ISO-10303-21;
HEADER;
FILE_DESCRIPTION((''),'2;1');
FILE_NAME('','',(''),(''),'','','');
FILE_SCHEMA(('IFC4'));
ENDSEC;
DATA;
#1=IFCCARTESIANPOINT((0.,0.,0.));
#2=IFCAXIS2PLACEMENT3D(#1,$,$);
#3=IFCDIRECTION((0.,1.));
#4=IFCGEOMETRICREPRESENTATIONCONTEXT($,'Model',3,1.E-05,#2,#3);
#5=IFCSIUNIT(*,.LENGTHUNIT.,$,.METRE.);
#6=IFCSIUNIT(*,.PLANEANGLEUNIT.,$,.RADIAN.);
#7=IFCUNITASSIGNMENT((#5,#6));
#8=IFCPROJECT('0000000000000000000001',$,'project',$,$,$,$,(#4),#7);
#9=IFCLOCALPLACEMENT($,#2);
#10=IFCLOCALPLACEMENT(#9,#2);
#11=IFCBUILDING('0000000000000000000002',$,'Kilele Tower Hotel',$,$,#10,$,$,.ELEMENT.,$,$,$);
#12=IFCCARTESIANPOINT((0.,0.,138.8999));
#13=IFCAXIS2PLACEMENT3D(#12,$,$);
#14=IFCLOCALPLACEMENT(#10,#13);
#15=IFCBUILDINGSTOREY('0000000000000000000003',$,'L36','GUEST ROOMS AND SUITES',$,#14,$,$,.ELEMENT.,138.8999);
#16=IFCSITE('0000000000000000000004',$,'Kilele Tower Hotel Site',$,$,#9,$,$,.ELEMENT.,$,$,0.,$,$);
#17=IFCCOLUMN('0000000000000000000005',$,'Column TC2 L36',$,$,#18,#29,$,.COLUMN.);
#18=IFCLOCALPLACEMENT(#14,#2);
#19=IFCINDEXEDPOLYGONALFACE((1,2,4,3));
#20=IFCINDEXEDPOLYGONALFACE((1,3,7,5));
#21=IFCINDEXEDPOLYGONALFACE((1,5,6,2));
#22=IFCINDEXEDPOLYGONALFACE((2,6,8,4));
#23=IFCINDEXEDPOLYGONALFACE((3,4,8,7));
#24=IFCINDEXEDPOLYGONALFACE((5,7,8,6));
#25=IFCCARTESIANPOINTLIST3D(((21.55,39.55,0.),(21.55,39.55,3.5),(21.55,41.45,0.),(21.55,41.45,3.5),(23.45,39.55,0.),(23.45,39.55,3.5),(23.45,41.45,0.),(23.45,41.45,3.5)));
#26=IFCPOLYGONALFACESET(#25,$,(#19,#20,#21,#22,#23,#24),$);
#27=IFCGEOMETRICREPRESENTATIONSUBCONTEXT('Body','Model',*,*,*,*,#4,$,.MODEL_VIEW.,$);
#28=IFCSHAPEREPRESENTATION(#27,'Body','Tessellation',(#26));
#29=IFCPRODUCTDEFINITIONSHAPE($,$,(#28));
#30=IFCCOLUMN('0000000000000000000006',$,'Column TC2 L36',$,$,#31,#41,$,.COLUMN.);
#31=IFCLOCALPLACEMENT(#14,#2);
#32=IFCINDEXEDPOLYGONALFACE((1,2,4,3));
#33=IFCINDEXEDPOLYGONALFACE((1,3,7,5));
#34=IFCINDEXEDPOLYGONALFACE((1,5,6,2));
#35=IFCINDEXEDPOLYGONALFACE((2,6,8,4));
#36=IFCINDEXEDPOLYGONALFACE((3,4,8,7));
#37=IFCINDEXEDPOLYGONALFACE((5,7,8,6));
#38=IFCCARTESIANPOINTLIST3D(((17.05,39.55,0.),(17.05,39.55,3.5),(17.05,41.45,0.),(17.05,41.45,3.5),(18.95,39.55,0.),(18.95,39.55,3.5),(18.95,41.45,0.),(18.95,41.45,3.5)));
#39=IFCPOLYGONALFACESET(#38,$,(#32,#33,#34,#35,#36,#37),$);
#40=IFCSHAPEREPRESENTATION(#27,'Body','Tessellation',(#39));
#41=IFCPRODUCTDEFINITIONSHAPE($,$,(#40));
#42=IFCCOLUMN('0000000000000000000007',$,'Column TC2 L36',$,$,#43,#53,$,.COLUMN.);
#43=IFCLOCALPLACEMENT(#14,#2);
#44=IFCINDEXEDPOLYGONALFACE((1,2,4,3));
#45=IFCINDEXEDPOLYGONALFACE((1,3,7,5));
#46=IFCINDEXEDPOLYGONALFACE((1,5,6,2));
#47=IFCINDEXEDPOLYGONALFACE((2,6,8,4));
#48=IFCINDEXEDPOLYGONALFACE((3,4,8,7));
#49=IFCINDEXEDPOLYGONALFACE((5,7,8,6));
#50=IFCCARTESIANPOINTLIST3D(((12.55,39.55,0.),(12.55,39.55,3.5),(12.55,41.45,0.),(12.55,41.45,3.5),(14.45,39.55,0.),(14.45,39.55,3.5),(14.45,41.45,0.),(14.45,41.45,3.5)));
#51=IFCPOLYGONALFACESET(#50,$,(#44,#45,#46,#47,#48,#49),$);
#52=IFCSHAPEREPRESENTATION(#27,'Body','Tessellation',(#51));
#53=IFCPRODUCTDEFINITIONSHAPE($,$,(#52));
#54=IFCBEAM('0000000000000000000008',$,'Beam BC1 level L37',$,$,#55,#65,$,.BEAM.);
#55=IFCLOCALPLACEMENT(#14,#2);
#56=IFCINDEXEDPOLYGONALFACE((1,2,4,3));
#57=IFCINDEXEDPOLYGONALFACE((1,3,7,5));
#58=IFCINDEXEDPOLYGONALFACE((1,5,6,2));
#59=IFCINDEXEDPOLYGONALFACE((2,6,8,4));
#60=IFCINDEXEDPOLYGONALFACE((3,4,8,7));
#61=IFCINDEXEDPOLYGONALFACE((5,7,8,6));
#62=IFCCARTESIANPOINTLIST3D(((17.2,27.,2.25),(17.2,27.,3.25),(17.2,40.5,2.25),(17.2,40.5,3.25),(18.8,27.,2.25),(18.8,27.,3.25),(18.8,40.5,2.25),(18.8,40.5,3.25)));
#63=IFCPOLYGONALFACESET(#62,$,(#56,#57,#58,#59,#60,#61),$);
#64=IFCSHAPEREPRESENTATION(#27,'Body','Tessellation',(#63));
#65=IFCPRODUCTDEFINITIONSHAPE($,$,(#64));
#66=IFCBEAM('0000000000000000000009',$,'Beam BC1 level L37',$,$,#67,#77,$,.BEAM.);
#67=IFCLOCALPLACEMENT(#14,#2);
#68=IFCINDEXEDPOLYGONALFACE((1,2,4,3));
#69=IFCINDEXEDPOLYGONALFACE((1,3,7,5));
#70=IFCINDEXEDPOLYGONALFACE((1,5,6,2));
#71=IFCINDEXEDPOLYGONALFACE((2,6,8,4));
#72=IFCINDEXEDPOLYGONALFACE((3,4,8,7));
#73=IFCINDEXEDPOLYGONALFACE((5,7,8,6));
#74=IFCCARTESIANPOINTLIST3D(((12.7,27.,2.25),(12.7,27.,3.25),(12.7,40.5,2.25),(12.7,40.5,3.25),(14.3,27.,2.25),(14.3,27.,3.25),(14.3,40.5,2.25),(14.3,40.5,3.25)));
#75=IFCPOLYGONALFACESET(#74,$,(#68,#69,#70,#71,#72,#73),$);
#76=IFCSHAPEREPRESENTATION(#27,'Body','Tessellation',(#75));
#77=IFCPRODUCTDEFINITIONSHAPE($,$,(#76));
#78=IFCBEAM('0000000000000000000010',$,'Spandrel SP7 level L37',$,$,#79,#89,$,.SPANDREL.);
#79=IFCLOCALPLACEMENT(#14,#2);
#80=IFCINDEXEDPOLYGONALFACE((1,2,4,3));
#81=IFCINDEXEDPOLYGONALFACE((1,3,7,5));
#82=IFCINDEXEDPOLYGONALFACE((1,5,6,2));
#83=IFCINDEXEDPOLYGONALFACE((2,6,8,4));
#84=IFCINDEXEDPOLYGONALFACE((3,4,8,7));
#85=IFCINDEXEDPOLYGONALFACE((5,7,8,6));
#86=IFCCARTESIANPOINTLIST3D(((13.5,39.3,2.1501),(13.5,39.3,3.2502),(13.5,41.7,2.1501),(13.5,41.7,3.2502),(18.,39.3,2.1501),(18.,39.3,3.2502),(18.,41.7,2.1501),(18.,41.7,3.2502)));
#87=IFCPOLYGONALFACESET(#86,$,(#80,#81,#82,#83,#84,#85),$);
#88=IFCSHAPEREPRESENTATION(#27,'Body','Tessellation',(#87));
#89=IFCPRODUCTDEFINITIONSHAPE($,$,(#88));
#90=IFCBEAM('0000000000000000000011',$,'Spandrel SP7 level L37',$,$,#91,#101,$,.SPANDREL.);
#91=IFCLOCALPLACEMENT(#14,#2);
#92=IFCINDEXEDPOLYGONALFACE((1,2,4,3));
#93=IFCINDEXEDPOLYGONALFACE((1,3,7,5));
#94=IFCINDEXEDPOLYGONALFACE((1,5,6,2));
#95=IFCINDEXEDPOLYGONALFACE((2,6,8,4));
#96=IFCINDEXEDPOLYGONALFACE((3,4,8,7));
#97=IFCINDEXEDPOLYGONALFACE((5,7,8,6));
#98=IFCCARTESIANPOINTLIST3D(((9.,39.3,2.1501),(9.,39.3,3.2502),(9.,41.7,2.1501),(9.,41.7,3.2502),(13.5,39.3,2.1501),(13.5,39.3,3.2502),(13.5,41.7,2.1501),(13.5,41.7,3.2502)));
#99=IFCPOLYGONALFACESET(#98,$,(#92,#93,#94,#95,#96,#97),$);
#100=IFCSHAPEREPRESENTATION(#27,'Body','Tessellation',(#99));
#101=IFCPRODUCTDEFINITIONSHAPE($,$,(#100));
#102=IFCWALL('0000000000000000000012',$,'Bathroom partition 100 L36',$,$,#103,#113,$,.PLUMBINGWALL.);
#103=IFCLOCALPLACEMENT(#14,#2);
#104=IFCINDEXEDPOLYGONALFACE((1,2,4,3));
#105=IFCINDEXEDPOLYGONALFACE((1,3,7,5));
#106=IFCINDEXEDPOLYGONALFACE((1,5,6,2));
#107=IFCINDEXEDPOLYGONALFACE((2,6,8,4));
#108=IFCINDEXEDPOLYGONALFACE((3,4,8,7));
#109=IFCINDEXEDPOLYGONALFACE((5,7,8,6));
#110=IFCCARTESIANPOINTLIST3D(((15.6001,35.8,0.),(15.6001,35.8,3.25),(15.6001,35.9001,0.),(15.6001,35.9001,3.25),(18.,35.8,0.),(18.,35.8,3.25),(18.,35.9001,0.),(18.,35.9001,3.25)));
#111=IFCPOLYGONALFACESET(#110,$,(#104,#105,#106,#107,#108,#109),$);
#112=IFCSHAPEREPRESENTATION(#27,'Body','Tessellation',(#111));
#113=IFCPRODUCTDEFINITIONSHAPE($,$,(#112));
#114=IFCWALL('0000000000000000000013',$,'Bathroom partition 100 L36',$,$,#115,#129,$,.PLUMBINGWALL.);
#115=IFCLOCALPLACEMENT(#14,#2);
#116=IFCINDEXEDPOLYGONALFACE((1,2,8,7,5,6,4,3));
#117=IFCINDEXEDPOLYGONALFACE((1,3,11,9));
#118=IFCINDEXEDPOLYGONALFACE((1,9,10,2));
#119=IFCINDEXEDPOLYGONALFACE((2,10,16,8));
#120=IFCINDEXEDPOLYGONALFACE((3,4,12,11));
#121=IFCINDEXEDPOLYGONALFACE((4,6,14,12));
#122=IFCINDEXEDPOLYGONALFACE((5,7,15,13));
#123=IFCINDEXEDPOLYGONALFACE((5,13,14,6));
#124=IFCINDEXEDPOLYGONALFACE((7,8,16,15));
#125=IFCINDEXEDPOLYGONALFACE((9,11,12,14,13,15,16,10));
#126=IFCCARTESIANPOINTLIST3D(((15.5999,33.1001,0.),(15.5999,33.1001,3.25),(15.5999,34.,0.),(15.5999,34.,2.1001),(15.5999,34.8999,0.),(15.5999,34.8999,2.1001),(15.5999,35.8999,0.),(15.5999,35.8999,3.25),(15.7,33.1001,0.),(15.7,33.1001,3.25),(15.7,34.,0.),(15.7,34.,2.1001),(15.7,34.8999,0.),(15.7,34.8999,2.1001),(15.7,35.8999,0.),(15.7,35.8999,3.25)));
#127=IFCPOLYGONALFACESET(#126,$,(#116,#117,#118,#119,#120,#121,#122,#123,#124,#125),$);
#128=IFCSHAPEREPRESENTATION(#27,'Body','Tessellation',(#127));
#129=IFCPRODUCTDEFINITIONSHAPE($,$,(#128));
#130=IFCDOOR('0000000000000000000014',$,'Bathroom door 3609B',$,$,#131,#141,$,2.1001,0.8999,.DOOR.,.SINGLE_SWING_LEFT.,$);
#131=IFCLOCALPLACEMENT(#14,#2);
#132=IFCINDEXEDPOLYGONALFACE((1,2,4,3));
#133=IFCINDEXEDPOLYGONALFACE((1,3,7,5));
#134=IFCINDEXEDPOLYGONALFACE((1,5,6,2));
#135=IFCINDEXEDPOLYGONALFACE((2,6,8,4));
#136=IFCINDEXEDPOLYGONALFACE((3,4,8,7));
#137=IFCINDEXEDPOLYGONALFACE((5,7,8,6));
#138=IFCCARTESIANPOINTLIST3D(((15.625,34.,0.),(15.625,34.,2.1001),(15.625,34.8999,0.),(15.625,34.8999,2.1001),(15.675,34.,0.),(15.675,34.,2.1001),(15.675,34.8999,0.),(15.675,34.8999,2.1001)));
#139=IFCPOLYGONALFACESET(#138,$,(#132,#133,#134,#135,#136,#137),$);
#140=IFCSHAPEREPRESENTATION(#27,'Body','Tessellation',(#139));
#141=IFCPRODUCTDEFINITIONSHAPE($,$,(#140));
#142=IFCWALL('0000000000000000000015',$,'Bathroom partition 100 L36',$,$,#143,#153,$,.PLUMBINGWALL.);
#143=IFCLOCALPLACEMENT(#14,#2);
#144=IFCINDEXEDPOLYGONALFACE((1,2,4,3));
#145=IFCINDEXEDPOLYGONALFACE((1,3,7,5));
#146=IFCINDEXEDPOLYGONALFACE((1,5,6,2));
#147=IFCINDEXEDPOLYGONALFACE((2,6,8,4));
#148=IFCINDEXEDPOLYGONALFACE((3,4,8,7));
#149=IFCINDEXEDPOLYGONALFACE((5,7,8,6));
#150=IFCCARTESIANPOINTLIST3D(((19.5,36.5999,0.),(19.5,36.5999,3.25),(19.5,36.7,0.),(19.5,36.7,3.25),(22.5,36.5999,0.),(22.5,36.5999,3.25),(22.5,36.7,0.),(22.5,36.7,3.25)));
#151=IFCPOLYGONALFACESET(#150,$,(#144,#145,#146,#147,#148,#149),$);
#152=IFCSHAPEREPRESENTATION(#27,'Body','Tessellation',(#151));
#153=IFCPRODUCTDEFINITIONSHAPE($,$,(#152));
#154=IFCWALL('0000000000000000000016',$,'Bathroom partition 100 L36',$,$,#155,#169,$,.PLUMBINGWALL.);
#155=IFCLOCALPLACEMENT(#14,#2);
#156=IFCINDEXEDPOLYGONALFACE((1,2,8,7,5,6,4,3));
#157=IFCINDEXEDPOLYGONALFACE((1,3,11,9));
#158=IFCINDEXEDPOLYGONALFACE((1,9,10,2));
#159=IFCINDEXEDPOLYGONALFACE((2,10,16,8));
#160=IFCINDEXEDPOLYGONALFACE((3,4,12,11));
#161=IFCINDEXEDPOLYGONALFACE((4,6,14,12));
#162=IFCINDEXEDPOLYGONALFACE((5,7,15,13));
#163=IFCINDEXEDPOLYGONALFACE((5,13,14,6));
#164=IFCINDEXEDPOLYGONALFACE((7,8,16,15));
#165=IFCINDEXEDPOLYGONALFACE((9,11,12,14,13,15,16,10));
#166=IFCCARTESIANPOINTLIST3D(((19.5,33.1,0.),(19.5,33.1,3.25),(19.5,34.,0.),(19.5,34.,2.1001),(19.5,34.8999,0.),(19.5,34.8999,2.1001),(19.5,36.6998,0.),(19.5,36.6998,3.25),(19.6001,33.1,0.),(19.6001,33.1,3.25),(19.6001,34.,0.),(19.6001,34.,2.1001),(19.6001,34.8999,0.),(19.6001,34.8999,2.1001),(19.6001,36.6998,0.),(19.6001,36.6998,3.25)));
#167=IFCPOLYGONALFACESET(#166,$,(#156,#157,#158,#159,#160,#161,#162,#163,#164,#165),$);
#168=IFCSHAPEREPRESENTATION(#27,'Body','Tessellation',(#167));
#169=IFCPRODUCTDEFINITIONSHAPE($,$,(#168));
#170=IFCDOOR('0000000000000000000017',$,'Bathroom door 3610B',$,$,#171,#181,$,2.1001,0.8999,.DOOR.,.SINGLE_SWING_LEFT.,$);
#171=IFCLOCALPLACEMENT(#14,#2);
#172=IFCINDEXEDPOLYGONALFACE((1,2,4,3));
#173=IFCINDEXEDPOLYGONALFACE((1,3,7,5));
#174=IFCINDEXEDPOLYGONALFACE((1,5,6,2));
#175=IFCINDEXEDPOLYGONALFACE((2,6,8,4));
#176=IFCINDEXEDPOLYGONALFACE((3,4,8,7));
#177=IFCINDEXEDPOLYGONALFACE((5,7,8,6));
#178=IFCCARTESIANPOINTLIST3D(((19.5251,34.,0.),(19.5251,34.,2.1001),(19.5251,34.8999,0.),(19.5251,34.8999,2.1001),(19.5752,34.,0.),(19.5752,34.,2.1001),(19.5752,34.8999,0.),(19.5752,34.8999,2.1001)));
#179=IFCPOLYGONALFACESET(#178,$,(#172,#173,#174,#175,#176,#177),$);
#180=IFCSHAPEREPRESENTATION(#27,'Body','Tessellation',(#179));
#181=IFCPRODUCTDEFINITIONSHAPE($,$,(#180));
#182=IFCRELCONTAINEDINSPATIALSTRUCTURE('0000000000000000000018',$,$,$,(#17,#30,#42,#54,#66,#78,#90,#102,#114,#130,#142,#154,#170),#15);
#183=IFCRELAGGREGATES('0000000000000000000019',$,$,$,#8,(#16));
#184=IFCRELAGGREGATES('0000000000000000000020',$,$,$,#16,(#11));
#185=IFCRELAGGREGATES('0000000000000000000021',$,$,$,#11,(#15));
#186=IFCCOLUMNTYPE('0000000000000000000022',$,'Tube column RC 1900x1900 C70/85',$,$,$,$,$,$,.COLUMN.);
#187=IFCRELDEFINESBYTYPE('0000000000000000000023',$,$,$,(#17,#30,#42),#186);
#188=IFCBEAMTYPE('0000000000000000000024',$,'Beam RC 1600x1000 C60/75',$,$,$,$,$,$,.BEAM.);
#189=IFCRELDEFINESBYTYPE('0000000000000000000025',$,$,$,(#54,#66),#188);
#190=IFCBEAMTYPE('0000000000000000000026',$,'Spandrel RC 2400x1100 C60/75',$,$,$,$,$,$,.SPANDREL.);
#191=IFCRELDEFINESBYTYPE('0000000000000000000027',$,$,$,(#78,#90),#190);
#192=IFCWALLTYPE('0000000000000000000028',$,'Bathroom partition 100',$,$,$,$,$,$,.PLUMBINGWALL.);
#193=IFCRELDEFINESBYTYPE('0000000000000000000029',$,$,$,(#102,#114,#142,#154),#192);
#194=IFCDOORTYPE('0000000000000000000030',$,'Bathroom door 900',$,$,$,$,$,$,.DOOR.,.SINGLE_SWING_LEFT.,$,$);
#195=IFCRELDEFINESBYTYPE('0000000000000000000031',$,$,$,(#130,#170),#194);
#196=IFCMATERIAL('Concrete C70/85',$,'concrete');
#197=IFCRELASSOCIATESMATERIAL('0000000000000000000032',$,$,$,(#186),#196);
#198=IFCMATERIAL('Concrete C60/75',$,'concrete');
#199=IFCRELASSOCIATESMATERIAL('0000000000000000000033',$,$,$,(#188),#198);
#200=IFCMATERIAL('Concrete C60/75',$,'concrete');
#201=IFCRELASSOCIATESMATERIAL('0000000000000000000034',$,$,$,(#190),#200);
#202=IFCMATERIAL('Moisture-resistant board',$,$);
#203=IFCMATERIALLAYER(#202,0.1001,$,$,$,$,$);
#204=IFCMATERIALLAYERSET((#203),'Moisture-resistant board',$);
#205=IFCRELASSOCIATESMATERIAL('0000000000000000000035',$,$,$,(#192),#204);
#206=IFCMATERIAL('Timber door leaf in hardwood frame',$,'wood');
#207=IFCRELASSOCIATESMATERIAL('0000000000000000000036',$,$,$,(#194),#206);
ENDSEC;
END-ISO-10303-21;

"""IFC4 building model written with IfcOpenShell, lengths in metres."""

from ifc_helpers import new_model, si_unit, direction, frame, frame_2d, origin, origin_2d, place, context, subcontext, project, spatial, rectangle, extrude, material, layer, layer_set, material_profile, profile_set, type_object, element, fill, save


model = new_model("IFC4")

# Units and contexts
model_context = context("Model", 3, precision=1e-05, world=origin(), true_north=direction((0.0, 1.0)))
body_context = subcontext(model_context, "Body", "Model", "MODEL_VIEW")
ifc_project = project(units=[si_unit("LENGTHUNIT", "METRE"), si_unit("PLANEANGLEUNIT", "RADIAN")], contexts=[model_context])

# Site, building, storey
site_placement = place(None, origin())
site = spatial("IfcSite", under=ifc_project, at=site_placement, Name="Kilele Tower Hotel Site", CompositionType="ELEMENT", RefElevation=0.0)
building_placement = place(site_placement, origin())
building = spatial("IfcBuilding", under=site, at=building_placement, Name="Kilele Tower Hotel", CompositionType="ELEMENT")
storey_placement = place(building_placement, frame((0.0, 0.0, 138.8999)))
storey = spatial("IfcBuildingStorey", under=building, at=storey_placement, Name="L36", Description="GUEST ROOMS AND SUITES", CompositionType="ELEMENT", Elevation=138.8999)

# Columns
ifc_material_1 = material(Name="Concrete C70/85", Category="concrete")
ifc_material_profile_1 = material_profile(ifc_material_1, rectangle(XDim=1.8999, YDim=1.8999, at=origin_2d()))
ifc_profile_set_1 = profile_set([ifc_material_profile_1], Name="Concrete C70/85")
column_type = type_object("IfcColumnType", Name="Tube column RC 1900x1900 C70/85", PredefinedType="COLUMN", material=ifc_profile_set_1)
for number, where, z_axis, x_axis, name in (
    (1, (22.5, 40.5, 0.0), (0.0, 0.0, 1.0), (1.0, 0.0, 0.0), "Column TC2 L36"),
    (2, (18.0, 40.5, 0.0), (0.0, 0.0, 1.0), (1.0, 0.0, 0.0), "Column TC2 L36"),
    (3, (13.5, 40.5, 0.0), (0.0, 0.0, 1.0), (1.0, 0.0, 0.0), "Column TC2 L36"),
):
    element("IfcColumn", number, at=place(storey_placement, frame(where, z_axis=z_axis, x_axis=x_axis)), inside=storey, type_object=column_type, Name=name, PredefinedType="COLUMN", context=body_context, shape_type="SweptSolid", body=[
        extrude(rectangle(XDim=1.8999, YDim=1.8999, at=origin_2d()), origin(), (0.0, 0.0, 1.0), 3.5),
    ])

# Beams
ifc_material_2 = material(Name="Concrete C60/75", Category="concrete")
ifc_material_profile_2 = material_profile(ifc_material_2, rectangle(XDim=1.6001, YDim=1.0, at=origin_2d()))
ifc_profile_set_2 = profile_set([ifc_material_profile_2], Name="Concrete C60/75")
beam_type_1 = type_object("IfcBeamType", Name="Beam RC 1600x1000 C60/75", PredefinedType="BEAM", material=ifc_profile_set_2)
for number, where, z_axis, x_axis, name in (
    (4, (18.0, 40.5, 2.75), (0.0, -1.0, 0.0), (1.0, 0.0, 0.0), "Beam BC1 level L37"),
    (5, (13.5, 40.5, 2.75), (0.0, -1.0, 0.0), (1.0, 0.0, 0.0), "Beam BC1 level L37"),
):
    element("IfcBeam", number, at=place(storey_placement, frame(where, z_axis=z_axis, x_axis=x_axis)), inside=storey, type_object=beam_type_1, Name=name, PredefinedType="BEAM", context=body_context, shape_type="SweptSolid", body=[
        extrude(rectangle(XDim=1.6001, YDim=1.0, at=origin_2d()), origin(), (0.0, 0.0, 1.0), 13.5),
    ])
ifc_material_3 = material(Name="Concrete C60/75", Category="concrete")
ifc_material_profile_3 = material_profile(ifc_material_3, rectangle(XDim=2.3999, YDim=1.1001, at=origin_2d()))
ifc_profile_set_3 = profile_set([ifc_material_profile_3], Name="Concrete C60/75")
beam_type_2 = type_object("IfcBeamType", Name="Spandrel RC 2400x1100 C60/75", PredefinedType="SPANDREL", material=ifc_profile_set_3)
for number, where, z_axis, x_axis, name in (
    (6, (18.0, 40.5, 2.7002), (-1.0, 0.0, 0.0), (0.0, -1.0, 0.0), "Spandrel SP7 level L37"),
    (7, (13.5, 40.5, 2.7002), (-1.0, 0.0, 0.0), (0.0, -1.0, 0.0), "Spandrel SP7 level L37"),
):
    element("IfcBeam", number, at=place(storey_placement, frame(where, z_axis=z_axis, x_axis=x_axis)), inside=storey, type_object=beam_type_2, Name=name, PredefinedType="SPANDREL", context=body_context, shape_type="SweptSolid", body=[
        extrude(rectangle(XDim=2.3999, YDim=1.1001, at=origin_2d()), origin(), (0.0, 0.0, 1.0), 4.5),
    ])

# Wall
ifc_material_4 = material(Name="Moisture-resistant board")
ifc_layer_1 = layer(ifc_material_4, 0.1001)
ifc_layer_set_1 = layer_set([ifc_layer_1], Name="Moisture-resistant board")
wall_type_1 = type_object("IfcWallType", Name="Bathroom partition 100", PredefinedType="PLUMBINGWALL", material=ifc_layer_set_1)
wall_1_placement = place(storey_placement, frame((15.6001, 35.8501, 0.0), z_axis=(0.0, 0.0, 1.0), x_axis=(1.0, 0.0, 0.0)))
element("IfcWall", 8, at=wall_1_placement, inside=storey, type_object=wall_type_1, Name="Bathroom partition 100 L36", PredefinedType="PLUMBINGWALL", context=body_context, shape_type="SweptSolid", body=[
    extrude(rectangle(XDim=2.3999, YDim=0.1001, at=frame_2d((1.2, 0.0))), origin(), (0.0, 0.0, 1.0), 3.25),
])

# Wall, opening, door
wall_2_placement = place(storey_placement, frame((15.6499, 33.1001, 0.0), z_axis=(0.0, 0.0, 1.0), x_axis=(0.0, 1.0, 0.0)))
wall_2 = element("IfcWall", 9, at=wall_2_placement, inside=storey, type_object=wall_type_1, Name="Bathroom partition 100 L36", PredefinedType="PLUMBINGWALL", context=body_context, shape_type="SweptSolid", body=[
    extrude(rectangle(XDim=2.7998, YDim=0.1001, at=frame_2d((1.3999, 0.0))), origin(), (0.0, 0.0, 1.0), 3.25),
])
opening_1_placement = place(wall_2_placement, frame((0.8999, 0.0, 0.0)))
opening_1 = element("IfcOpeningElement", 10, at=opening_1_placement, cuts=wall_2, PredefinedType="OPENING", context=body_context, shape_type="SweptSolid", body=[
    extrude(rectangle(XDim=0.8999, YDim=2.1001, at=frame_2d((0.45, 1.05))), frame((0.0, 0.0601, 0.0), z_axis=(0.0, -1.0, 0.0), x_axis=(1.0, 0.0, 0.0)), (0.0, 0.0, 1.0), 0.1201),
])
ifc_material_5 = material(Name="Timber door leaf in hardwood frame", Category="wood")
door_type_1 = type_object("IfcDoorType", Name="Bathroom door 900", OperationType="SINGLE_SWING_LEFT", PredefinedType="DOOR", material=ifc_material_5)
door_1_placement = place(opening_1_placement, origin())
door_1 = element("IfcDoor", 11, at=door_1_placement, inside=storey, type_object=door_type_1, Name="Bathroom door 3609B", OperationType="SINGLE_SWING_LEFT", OverallHeight=2.1001, OverallWidth=0.8999, PredefinedType="DOOR", context=body_context, shape_type="SweptSolid", body=[
    extrude(rectangle(XDim=0.8999, YDim=2.1001, at=frame_2d((0.45, 1.05))), frame((0.0, 0.0249, 0.0), z_axis=(0.0, -1.0, 0.0), x_axis=(1.0, 0.0, 0.0)), (0.0, 0.0, 1.0), 0.05),
])
fill(opening_1, door_1)

# Wall
wall_3_placement = place(storey_placement, frame((19.5, 36.6499, 0.0), z_axis=(0.0, 0.0, 1.0), x_axis=(1.0, 0.0, 0.0)))
element("IfcWall", 12, at=wall_3_placement, inside=storey, type_object=wall_type_1, Name="Bathroom partition 100 L36", PredefinedType="PLUMBINGWALL", context=body_context, shape_type="SweptSolid", body=[
    extrude(rectangle(XDim=3.0, YDim=0.1001, at=frame_2d((1.5, 0.0))), origin(), (0.0, 0.0, 1.0), 3.25),
])

# Wall, opening, door
wall_4_placement = place(storey_placement, frame((19.55, 33.1001, 0.0), z_axis=(0.0, 0.0, 1.0), x_axis=(0.0, 1.0, 0.0)))
wall_4 = element("IfcWall", 13, at=wall_4_placement, inside=storey, type_object=wall_type_1, Name="Bathroom partition 100 L36", PredefinedType="PLUMBINGWALL", context=body_context, shape_type="SweptSolid", body=[
    extrude(rectangle(XDim=3.5999, YDim=0.1001, at=frame_2d((1.7998, 0.0))), origin(), (0.0, 0.0, 1.0), 3.25),
])
opening_2_placement = place(wall_4_placement, frame((0.8999, 0.0, 0.0)))
opening_2 = element("IfcOpeningElement", 14, at=opening_2_placement, cuts=wall_4, PredefinedType="OPENING", context=body_context, shape_type="SweptSolid", body=[
    extrude(rectangle(XDim=0.8999, YDim=2.1001, at=frame_2d((0.45, 1.05))), frame((0.0, 0.0601, 0.0), z_axis=(0.0, -1.0, 0.0), x_axis=(1.0, 0.0, 0.0)), (0.0, 0.0, 1.0), 0.1201),
])
door_2_placement = place(opening_2_placement, origin())
door_2 = element("IfcDoor", 15, at=door_2_placement, inside=storey, type_object=door_type_1, Name="Bathroom door 3610B", OperationType="SINGLE_SWING_LEFT", OverallHeight=2.1001, OverallWidth=0.8999, PredefinedType="DOOR", context=body_context, shape_type="SweptSolid", body=[
    extrude(rectangle(XDim=0.8999, YDim=2.1001, at=frame_2d((0.45, 1.05))), frame((0.0, 0.0249, 0.0), z_axis=(0.0, -1.0, 0.0), x_axis=(1.0, 0.0, 0.0)), (0.0, 0.0, 1.0), 0.05),
])
fill(opening_2, door_2)

save(model, "model.ifc")
